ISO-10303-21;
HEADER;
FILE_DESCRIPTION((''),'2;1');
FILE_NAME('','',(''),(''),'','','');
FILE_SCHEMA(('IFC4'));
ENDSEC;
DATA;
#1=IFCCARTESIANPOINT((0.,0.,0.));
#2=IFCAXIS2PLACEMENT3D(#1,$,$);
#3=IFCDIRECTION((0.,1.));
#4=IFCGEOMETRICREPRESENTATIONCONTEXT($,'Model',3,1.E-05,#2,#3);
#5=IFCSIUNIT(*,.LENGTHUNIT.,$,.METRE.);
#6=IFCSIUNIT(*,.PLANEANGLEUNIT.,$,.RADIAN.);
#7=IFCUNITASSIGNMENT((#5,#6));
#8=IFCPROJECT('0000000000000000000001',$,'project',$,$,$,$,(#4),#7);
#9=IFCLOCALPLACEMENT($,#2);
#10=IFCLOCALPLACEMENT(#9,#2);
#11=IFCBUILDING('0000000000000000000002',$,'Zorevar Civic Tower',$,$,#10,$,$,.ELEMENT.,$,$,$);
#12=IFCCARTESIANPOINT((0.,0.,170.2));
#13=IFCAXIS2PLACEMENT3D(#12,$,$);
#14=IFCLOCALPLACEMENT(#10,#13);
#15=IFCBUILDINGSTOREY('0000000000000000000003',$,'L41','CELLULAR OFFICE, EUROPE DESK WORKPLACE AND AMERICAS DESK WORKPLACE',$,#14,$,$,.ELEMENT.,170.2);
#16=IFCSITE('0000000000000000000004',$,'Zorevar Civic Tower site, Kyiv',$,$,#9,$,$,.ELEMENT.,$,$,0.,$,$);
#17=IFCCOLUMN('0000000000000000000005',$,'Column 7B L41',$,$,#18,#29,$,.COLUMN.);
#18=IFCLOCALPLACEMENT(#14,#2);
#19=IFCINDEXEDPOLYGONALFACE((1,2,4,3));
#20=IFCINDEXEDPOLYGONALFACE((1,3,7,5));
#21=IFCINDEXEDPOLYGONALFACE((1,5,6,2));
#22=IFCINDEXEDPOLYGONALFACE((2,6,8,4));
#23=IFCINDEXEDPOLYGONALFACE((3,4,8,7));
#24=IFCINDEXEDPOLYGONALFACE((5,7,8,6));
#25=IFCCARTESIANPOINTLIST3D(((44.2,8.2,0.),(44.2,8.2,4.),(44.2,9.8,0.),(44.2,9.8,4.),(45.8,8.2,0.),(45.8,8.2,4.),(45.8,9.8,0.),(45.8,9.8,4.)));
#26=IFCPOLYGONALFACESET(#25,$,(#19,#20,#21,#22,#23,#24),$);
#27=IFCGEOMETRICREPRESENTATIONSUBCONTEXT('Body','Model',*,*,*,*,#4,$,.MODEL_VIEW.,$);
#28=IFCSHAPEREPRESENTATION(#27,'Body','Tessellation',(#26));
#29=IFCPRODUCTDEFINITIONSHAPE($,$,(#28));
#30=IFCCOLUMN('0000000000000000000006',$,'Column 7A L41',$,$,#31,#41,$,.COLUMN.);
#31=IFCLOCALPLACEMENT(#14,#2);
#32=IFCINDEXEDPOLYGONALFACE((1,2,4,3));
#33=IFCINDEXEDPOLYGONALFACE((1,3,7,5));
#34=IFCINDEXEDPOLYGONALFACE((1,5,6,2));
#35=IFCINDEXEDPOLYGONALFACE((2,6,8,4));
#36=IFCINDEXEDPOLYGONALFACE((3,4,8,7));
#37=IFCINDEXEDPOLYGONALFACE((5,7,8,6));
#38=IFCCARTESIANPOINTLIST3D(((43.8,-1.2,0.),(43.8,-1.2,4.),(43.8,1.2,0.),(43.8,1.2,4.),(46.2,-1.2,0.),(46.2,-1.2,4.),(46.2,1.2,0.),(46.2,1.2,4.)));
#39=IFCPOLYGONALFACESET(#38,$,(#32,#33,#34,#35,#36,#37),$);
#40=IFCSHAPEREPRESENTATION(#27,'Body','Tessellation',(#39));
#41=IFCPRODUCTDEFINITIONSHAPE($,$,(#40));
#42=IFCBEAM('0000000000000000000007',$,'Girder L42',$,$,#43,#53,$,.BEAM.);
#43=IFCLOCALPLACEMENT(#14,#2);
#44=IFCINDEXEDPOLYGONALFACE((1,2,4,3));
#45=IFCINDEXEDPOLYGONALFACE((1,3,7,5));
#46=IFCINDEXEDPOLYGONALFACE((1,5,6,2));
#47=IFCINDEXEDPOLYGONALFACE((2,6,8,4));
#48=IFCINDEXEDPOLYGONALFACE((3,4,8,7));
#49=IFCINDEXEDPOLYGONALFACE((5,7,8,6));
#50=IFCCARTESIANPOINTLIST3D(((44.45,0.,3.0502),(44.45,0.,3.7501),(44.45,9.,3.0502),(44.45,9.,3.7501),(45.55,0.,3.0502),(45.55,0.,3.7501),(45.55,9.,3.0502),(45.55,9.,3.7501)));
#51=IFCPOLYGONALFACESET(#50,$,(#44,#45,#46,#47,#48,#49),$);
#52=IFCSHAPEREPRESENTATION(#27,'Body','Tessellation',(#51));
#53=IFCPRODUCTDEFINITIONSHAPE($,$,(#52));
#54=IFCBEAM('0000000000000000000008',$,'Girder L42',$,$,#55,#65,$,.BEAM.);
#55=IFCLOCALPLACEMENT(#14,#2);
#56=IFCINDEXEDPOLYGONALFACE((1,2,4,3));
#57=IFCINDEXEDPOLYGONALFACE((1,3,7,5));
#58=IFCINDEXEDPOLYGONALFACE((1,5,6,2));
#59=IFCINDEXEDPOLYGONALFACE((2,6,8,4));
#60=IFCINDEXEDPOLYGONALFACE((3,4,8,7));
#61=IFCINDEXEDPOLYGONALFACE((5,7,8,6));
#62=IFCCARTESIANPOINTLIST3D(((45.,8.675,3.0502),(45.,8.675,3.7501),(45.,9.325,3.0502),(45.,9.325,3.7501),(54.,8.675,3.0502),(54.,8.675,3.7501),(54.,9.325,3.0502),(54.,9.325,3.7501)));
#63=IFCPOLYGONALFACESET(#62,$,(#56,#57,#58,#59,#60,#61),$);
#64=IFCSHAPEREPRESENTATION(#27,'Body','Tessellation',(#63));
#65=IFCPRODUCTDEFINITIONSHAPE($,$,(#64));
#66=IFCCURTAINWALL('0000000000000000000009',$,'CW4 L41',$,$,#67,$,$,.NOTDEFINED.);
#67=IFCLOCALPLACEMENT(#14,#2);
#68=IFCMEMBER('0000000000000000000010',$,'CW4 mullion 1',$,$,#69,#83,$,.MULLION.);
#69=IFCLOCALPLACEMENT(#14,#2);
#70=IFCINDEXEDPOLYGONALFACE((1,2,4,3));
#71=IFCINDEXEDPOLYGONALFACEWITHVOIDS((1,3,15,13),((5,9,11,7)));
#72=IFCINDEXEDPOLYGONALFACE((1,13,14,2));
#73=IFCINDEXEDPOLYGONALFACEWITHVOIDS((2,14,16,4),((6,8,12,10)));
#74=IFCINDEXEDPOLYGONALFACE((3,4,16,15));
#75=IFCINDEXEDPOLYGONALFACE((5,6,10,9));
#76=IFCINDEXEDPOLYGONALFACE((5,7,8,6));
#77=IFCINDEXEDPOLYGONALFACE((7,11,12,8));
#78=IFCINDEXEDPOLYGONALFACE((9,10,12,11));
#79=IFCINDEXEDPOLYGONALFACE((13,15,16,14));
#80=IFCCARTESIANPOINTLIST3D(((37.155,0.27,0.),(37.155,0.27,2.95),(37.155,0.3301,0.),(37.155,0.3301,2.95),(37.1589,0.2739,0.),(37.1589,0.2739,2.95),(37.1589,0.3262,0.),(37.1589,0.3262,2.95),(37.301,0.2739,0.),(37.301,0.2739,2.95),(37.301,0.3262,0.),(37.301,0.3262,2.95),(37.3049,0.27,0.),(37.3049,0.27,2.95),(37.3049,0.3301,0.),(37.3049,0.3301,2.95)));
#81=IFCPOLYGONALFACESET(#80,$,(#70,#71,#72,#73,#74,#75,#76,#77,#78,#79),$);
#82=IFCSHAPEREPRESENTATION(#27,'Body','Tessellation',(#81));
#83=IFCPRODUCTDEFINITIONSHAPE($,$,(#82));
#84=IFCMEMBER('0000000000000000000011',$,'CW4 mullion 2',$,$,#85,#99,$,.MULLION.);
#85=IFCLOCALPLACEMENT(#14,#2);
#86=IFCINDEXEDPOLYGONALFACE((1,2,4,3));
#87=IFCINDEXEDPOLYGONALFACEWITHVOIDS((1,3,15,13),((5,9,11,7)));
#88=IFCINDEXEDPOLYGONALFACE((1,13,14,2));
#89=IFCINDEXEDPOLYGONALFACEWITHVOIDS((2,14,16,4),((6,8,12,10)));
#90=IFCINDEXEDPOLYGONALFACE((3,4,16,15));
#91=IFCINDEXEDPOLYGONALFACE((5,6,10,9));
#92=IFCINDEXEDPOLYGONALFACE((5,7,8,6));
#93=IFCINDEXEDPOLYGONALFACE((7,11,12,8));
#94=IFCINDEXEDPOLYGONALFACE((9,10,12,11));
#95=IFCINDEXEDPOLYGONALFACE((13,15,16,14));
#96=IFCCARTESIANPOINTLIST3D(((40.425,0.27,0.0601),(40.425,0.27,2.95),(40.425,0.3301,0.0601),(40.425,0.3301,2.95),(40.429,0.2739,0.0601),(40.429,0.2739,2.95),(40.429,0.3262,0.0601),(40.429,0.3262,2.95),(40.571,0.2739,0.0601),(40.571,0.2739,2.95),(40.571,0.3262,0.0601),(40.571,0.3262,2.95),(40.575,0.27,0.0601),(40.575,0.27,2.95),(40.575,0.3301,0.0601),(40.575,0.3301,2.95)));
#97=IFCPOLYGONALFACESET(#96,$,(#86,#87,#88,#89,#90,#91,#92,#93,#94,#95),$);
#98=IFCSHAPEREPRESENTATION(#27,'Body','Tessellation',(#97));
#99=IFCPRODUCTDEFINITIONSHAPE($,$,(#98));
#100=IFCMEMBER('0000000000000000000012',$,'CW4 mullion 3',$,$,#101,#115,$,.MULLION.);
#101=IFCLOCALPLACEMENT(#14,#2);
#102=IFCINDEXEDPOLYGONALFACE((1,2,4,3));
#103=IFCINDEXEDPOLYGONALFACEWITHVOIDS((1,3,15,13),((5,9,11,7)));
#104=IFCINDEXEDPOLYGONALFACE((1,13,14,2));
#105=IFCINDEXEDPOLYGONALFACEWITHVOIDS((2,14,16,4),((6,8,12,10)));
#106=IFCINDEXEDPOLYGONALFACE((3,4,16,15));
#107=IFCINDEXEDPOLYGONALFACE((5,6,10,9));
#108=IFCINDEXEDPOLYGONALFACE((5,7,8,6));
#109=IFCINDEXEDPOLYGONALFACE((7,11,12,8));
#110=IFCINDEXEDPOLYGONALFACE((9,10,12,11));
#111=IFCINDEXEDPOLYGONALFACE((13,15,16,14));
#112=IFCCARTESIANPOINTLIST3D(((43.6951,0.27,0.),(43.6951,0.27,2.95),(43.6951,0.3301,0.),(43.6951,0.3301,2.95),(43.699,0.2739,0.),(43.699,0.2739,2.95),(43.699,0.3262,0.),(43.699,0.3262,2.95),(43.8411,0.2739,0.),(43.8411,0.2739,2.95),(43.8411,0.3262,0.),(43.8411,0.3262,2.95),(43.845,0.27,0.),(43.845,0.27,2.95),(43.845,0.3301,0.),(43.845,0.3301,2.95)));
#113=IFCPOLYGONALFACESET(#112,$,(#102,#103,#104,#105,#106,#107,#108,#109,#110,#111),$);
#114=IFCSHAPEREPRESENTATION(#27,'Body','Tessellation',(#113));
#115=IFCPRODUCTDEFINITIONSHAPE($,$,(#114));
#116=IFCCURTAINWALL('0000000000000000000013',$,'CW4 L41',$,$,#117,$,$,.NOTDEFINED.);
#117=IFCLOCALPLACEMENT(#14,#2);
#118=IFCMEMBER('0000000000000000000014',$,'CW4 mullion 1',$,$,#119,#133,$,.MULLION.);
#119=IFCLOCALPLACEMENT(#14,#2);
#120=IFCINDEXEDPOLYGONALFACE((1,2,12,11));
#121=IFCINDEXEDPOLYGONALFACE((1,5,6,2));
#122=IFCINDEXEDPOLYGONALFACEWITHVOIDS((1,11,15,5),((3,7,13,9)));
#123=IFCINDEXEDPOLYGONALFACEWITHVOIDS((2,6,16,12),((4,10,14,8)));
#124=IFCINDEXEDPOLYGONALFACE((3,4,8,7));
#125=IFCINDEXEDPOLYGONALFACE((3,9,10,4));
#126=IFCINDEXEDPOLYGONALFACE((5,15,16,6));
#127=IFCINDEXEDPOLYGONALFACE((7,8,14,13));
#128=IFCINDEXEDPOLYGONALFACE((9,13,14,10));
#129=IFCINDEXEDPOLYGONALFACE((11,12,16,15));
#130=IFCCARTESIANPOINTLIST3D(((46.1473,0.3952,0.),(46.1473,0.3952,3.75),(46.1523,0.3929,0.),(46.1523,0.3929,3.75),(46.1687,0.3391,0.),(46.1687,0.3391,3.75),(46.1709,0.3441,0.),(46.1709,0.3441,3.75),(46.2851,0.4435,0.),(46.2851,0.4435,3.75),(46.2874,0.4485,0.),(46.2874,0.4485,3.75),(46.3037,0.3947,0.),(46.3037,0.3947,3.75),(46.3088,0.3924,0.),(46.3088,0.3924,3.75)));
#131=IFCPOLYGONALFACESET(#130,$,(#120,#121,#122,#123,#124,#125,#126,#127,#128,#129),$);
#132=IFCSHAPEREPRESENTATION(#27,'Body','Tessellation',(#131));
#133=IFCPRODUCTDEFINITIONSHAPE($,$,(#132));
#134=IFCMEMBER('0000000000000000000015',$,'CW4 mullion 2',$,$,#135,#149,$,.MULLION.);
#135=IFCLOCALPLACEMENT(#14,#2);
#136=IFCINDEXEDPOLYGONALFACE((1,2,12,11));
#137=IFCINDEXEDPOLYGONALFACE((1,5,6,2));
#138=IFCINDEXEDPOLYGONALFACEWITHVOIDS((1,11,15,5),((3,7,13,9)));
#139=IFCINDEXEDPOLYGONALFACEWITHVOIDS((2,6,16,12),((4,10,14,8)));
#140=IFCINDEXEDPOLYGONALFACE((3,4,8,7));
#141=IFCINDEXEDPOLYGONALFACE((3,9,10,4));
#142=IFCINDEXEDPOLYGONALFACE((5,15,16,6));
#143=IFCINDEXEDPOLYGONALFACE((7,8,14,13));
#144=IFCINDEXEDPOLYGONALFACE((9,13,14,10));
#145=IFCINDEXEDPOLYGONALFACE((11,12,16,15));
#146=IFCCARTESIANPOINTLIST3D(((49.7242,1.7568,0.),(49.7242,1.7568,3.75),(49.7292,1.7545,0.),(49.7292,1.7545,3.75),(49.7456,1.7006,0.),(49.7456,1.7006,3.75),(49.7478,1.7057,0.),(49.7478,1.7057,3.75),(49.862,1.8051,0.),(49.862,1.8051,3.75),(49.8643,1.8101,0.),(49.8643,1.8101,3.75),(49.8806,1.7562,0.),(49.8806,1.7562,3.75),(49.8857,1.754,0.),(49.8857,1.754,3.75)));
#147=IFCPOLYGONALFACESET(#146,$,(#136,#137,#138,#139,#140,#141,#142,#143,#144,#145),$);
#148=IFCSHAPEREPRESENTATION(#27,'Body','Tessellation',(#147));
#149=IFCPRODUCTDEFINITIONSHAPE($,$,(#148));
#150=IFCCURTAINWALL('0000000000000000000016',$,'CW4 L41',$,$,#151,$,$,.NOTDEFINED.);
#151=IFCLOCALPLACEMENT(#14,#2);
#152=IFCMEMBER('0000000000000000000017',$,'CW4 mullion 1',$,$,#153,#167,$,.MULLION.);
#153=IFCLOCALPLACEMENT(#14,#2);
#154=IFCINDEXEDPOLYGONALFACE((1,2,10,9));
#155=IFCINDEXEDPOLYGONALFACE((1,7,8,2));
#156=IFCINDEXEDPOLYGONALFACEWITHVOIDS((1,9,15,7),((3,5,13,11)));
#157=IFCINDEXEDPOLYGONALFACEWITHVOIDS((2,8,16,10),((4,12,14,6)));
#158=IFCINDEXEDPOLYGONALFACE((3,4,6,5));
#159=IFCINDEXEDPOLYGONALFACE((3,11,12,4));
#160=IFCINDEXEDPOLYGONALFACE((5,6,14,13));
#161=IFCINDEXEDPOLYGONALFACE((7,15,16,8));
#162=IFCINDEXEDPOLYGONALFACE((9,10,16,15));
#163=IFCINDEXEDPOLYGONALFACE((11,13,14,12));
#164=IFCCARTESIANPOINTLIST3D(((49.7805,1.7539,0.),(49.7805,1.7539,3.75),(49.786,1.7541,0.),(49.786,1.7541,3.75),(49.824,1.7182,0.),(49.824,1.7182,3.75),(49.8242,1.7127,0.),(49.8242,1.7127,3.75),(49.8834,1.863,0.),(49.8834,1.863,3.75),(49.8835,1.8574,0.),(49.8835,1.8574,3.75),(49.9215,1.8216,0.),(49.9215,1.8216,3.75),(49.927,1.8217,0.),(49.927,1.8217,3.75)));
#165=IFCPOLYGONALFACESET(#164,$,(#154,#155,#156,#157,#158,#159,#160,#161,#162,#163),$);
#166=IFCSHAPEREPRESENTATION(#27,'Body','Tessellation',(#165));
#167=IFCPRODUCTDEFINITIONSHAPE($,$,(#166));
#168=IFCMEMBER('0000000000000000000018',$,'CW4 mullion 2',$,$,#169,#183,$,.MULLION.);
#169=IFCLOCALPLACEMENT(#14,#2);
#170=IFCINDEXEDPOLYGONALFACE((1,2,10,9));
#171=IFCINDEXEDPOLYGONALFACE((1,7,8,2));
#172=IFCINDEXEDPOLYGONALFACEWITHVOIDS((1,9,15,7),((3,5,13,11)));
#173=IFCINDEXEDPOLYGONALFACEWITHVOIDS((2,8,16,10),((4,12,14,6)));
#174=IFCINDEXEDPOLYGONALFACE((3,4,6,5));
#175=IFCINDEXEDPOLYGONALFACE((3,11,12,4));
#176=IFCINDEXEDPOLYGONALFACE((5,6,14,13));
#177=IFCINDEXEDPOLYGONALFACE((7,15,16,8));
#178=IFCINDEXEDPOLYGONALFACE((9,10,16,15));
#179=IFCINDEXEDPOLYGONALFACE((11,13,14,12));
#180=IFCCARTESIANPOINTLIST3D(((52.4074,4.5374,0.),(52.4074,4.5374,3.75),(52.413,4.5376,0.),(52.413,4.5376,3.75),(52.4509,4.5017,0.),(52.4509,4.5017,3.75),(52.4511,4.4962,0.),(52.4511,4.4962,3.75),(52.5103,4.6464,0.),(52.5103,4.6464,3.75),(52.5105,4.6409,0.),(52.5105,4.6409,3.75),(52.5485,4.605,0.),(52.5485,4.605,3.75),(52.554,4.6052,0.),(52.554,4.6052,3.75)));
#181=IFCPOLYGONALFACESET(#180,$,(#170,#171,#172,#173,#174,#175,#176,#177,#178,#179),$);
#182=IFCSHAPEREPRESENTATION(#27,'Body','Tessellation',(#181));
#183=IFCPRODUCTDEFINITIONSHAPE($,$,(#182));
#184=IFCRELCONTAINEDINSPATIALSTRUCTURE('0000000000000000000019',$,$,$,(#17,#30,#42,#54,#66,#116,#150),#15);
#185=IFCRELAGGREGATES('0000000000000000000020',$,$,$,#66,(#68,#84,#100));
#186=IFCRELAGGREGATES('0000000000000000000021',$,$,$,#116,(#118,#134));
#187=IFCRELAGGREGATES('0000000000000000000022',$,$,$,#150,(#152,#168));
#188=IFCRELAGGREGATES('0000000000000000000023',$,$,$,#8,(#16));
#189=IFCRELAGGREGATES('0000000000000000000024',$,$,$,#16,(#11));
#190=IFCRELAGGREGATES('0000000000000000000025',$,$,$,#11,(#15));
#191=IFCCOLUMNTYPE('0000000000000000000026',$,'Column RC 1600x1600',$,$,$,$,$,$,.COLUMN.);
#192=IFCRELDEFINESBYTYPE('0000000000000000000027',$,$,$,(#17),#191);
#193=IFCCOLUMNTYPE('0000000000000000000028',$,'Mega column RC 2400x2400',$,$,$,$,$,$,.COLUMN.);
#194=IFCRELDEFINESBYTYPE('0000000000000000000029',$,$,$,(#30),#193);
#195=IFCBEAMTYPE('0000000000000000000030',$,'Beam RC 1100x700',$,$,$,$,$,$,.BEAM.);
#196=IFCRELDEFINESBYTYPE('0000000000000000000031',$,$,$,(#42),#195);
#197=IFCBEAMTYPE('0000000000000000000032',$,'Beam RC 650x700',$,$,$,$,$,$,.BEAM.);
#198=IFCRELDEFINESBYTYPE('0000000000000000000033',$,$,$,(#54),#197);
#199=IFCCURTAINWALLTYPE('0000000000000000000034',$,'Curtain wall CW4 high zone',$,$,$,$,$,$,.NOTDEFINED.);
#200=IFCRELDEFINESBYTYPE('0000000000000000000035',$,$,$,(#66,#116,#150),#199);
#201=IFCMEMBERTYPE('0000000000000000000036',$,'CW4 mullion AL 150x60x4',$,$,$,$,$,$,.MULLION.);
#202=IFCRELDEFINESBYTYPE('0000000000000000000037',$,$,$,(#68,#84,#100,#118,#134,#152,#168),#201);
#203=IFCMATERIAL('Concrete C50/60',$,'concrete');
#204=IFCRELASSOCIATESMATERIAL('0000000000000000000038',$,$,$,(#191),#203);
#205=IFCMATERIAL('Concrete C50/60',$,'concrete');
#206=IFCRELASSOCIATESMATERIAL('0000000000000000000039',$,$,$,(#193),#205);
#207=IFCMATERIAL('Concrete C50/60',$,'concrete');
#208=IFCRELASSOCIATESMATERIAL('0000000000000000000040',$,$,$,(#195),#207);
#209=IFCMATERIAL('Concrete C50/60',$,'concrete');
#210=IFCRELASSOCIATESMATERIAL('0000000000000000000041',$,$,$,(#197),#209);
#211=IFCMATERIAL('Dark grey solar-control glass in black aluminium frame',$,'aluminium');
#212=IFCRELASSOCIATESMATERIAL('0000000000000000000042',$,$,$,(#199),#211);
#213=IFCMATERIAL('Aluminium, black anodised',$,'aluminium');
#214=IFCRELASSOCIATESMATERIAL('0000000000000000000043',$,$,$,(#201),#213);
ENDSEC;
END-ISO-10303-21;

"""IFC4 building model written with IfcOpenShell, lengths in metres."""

from ifc_helpers import new_model, si_unit, direction, frame, origin, origin_2d, place, context, subcontext, project, spatial, rectangle, hollow_rectangle, extrude, material, material_profile, profile_set, type_object, element, aggregate, save


model = new_model("IFC4")

# Units and contexts
model_context = context("Model", 3, precision=1e-05, world=origin(), true_north=direction((0.0, 1.0)))
body_context = subcontext(model_context, "Body", "Model", "MODEL_VIEW")
ifc_project = project(units=[si_unit("LENGTHUNIT", "METRE"), si_unit("PLANEANGLEUNIT", "RADIAN")], contexts=[model_context])

# Site, building, storey
site_placement = place(None, origin())
site = spatial("IfcSite", under=ifc_project, at=site_placement, Name="Zorevar Civic Tower site, Kyiv", CompositionType="ELEMENT", RefElevation=0.0)
building_placement = place(site_placement, origin())
building = spatial("IfcBuilding", under=site, at=building_placement, Name="Zorevar Civic Tower", CompositionType="ELEMENT")
storey_placement = place(building_placement, frame((0.0, 0.0, 170.2)))
storey = spatial("IfcBuildingStorey", under=building, at=storey_placement, Name="L41", Description="CELLULAR OFFICE, EUROPE DESK WORKPLACE AND AMERICAS DESK WORKPLACE", CompositionType="ELEMENT", Elevation=170.2)

# Columns
ifc_material_1 = material(Name="Concrete C50/60", Category="concrete")
ifc_material_profile_1 = material_profile(ifc_material_1, rectangle(XDim=1.6001, YDim=1.6001, at=origin_2d()), Name="RC 1600x1600")
ifc_profile_set_1 = profile_set([ifc_material_profile_1], Name="Concrete C50/60")
column_type_1 = type_object("IfcColumnType", Name="Column RC 1600x1600", PredefinedType="COLUMN", material=ifc_profile_set_1)
column_1_placement = place(storey_placement, frame((45.0, 9.0, 0.0), z_axis=(0.0, 0.0, 1.0), x_axis=(1.0, 0.0, 0.0)))
element("IfcColumn", 1, at=column_1_placement, inside=storey, type_object=column_type_1, Name="Column 7B L41", PredefinedType="COLUMN", context=body_context, shape_type="SweptSolid", body=[
    extrude(rectangle(XDim=1.6001, YDim=1.6001, at=origin_2d()), origin(), (0.0, 0.0, 1.0), 4.0),
])
ifc_material_2 = material(Name="Concrete C50/60", Category="concrete")
ifc_material_profile_2 = material_profile(ifc_material_2, rectangle(XDim=2.3999, YDim=2.3999, at=origin_2d()), Name="RC 2400x2400")
ifc_profile_set_2 = profile_set([ifc_material_profile_2], Name="Concrete C50/60")
column_type_2 = type_object("IfcColumnType", Name="Mega column RC 2400x2400", PredefinedType="COLUMN", material=ifc_profile_set_2)
column_2_placement = place(storey_placement, frame((45.0, 0.0, 0.0), z_axis=(0.0, 0.0, 1.0), x_axis=(1.0, 0.0, 0.0)))
element("IfcColumn", 2, at=column_2_placement, inside=storey, type_object=column_type_2, Name="Column 7A L41", PredefinedType="COLUMN", context=body_context, shape_type="SweptSolid", body=[
    extrude(rectangle(XDim=2.3999, YDim=2.3999, at=origin_2d()), origin(), (0.0, 0.0, 1.0), 4.0),
])

# Beams
ifc_material_3 = material(Name="Concrete C50/60", Category="concrete")
ifc_material_profile_3 = material_profile(ifc_material_3, rectangle(XDim=1.1001, YDim=0.7, at=origin_2d()), Name="RC 1100x700")
ifc_profile_set_3 = profile_set([ifc_material_profile_3], Name="Concrete C50/60")
beam_type_1 = type_object("IfcBeamType", Name="Beam RC 1100x700", PredefinedType="BEAM", material=ifc_profile_set_3)
beam_1_placement = place(storey_placement, frame((45.0, 0.0, 3.4001), z_axis=(0.0, 1.0, 0.0), x_axis=(-1.0, 0.0, 0.0)))
element("IfcBeam", 3, at=beam_1_placement, inside=storey, type_object=beam_type_1, Name="Girder L42", PredefinedType="BEAM", context=body_context, shape_type="SweptSolid", body=[
    extrude(rectangle(XDim=1.1001, YDim=0.7, at=origin_2d()), origin(), (0.0, 0.0, 1.0), 9.0),
])
ifc_material_4 = material(Name="Concrete C50/60", Category="concrete")
ifc_material_profile_4 = material_profile(ifc_material_4, rectangle(XDim=0.6499, YDim=0.7, at=origin_2d()), Name="RC 650x700")
ifc_profile_set_4 = profile_set([ifc_material_profile_4], Name="Concrete C50/60")
beam_type_2 = type_object("IfcBeamType", Name="Beam RC 650x700", PredefinedType="BEAM", material=ifc_profile_set_4)
beam_2_placement = place(storey_placement, frame((45.0, 9.0, 3.4001), z_axis=(1.0, 0.0, 0.0), x_axis=(0.0, 1.0, 0.0)))
element("IfcBeam", 4, at=beam_2_placement, inside=storey, type_object=beam_type_2, Name="Girder L42", PredefinedType="BEAM", context=body_context, shape_type="SweptSolid", body=[
    extrude(rectangle(XDim=0.6499, YDim=0.7, at=origin_2d()), origin(), (0.0, 0.0, 1.0), 9.0),
])

# Curtain walls, members
ifc_material_5 = material(Name="Dark grey solar-control glass in black aluminium frame", Category="aluminium")
curtain_wall_type = type_object("IfcCurtainWallType", Name="Curtain wall CW4 high zone", PredefinedType="NOTDEFINED", material=ifc_material_5)
curtain_wall_1_placement = place(storey_placement, origin())
curtain_wall_1 = element("IfcCurtainWall", 5, at=curtain_wall_1_placement, inside=storey, type_object=curtain_wall_type, Name="CW4 L41", PredefinedType="NOTDEFINED")
ifc_material_6 = material(Name="Aluminium, black anodised", Category="aluminium")
ifc_material_profile_5 = material_profile(ifc_material_6, hollow_rectangle(XDim=0.0601, YDim=0.1499, WallThickness=0.0039, at=origin_2d()), Name="AL 150x60x4")
ifc_profile_set_5 = profile_set([ifc_material_profile_5], Name="Aluminium, black anodised")
member_type_1 = type_object("IfcMemberType", Name="CW4 mullion AL 150x60x4", PredefinedType="MULLION", material=ifc_profile_set_5)
member_1_placement = place(storey_placement, frame((37.23, 0.3, 0.0), z_axis=(0.0, 0.0, 1.0), x_axis=(0.0, 1.0, 0.0)))
member_1 = element("IfcMember", 6, at=member_1_placement, type_object=member_type_1, Name="CW4 mullion 1", PredefinedType="MULLION", context=body_context, shape_type="SweptSolid", body=[
    extrude(hollow_rectangle(XDim=0.0601, YDim=0.1499, WallThickness=0.0039, at=origin_2d()), origin(), (0.0, 0.0, 1.0), 2.95),
])
member_2_placement = place(storey_placement, frame((40.5, 0.3, 0.0601), z_axis=(0.0, 0.0, 1.0), x_axis=(0.0, 1.0, 0.0)))
member_2 = element("IfcMember", 7, at=member_2_placement, type_object=member_type_1, Name="CW4 mullion 2", PredefinedType="MULLION", context=body_context, shape_type="SweptSolid", body=[
    extrude(hollow_rectangle(XDim=0.0601, YDim=0.1499, WallThickness=0.0039, at=origin_2d()), origin(), (0.0, 0.0, 1.0), 2.8899),
])
member_3_placement = place(storey_placement, frame((43.77, 0.3, 0.0), z_axis=(0.0, 0.0, 1.0), x_axis=(0.0, 1.0, 0.0)))
member_3 = element("IfcMember", 8, at=member_3_placement, type_object=member_type_1, Name="CW4 mullion 3", PredefinedType="MULLION", context=body_context, shape_type="SweptSolid", body=[
    extrude(hollow_rectangle(XDim=0.0601, YDim=0.1499, WallThickness=0.0039, at=origin_2d()), origin(), (0.0, 0.0, 1.0), 2.95),
])
curtain_wall_2_placement = place(storey_placement, origin())
curtain_wall_2 = element("IfcCurtainWall", 9, at=curtain_wall_2_placement, inside=storey, type_object=curtain_wall_type, Name="CW4 L41", PredefinedType="NOTDEFINED")
member_4_placement = place(storey_placement, frame((46.228, 0.3938, 0.0), z_axis=(0.0, 0.0, 1.0), x_axis=(-0.355731, 0.934588, 0.0)))
member_4 = element("IfcMember", 10, at=member_4_placement, type_object=member_type_1, Name="CW4 mullion 1", PredefinedType="MULLION", context=body_context, shape_type="SweptSolid", body=[
    extrude(hollow_rectangle(XDim=0.0601, YDim=0.1499, WallThickness=0.0039, at=origin_2d()), origin(), (0.0, 0.0, 1.0), 3.75),
])
member_5_placement = place(storey_placement, frame((49.8049, 1.7554, 0.0), z_axis=(0.0, 0.0, 1.0), x_axis=(-0.355731, 0.934588, 0.0)))
member_5 = element("IfcMember", 11, at=member_5_placement, type_object=member_type_1, Name="CW4 mullion 2", PredefinedType="MULLION", context=body_context, shape_type="SweptSolid", body=[
    extrude(hollow_rectangle(XDim=0.0601, YDim=0.1499, WallThickness=0.0039, at=origin_2d()), origin(), (0.0, 0.0, 1.0), 3.75),
])
curtain_wall_3_placement = place(storey_placement, origin())
curtain_wall_3 = element("IfcCurtainWall", 12, at=curtain_wall_3_placement, inside=storey, type_object=curtain_wall_type, Name="CW4 L41", PredefinedType="NOTDEFINED")
member_6_placement = place(storey_placement, frame((49.8538, 1.7878, 0.0), z_axis=(0.0, 0.0, 1.0), x_axis=(-0.727245, 0.686378, 0.0)))
member_6 = element("IfcMember", 13, at=member_6_placement, type_object=member_type_1, Name="CW4 mullion 1", PredefinedType="MULLION", context=body_context, shape_type="SweptSolid", body=[
    extrude(hollow_rectangle(XDim=0.0601, YDim=0.1499, WallThickness=0.0039, at=origin_2d()), origin(), (0.0, 0.0, 1.0), 3.75),
])
member_7_placement = place(storey_placement, frame((52.4807, 4.5713, 0.0), z_axis=(0.0, 0.0, 1.0), x_axis=(-0.727245, 0.686378, 0.0)))
member_7 = element("IfcMember", 14, at=member_7_placement, type_object=member_type_1, Name="CW4 mullion 2", PredefinedType="MULLION", context=body_context, shape_type="SweptSolid", body=[
    extrude(hollow_rectangle(XDim=0.0601, YDim=0.1499, WallThickness=0.0039, at=origin_2d()), origin(), (0.0, 0.0, 1.0), 3.75),
])

aggregate(curtain_wall_1, [member_1, member_2, member_3])
aggregate(curtain_wall_2, [member_4, member_5])
aggregate(curtain_wall_3, [member_6, member_7])

save(model, "model.ifc")
